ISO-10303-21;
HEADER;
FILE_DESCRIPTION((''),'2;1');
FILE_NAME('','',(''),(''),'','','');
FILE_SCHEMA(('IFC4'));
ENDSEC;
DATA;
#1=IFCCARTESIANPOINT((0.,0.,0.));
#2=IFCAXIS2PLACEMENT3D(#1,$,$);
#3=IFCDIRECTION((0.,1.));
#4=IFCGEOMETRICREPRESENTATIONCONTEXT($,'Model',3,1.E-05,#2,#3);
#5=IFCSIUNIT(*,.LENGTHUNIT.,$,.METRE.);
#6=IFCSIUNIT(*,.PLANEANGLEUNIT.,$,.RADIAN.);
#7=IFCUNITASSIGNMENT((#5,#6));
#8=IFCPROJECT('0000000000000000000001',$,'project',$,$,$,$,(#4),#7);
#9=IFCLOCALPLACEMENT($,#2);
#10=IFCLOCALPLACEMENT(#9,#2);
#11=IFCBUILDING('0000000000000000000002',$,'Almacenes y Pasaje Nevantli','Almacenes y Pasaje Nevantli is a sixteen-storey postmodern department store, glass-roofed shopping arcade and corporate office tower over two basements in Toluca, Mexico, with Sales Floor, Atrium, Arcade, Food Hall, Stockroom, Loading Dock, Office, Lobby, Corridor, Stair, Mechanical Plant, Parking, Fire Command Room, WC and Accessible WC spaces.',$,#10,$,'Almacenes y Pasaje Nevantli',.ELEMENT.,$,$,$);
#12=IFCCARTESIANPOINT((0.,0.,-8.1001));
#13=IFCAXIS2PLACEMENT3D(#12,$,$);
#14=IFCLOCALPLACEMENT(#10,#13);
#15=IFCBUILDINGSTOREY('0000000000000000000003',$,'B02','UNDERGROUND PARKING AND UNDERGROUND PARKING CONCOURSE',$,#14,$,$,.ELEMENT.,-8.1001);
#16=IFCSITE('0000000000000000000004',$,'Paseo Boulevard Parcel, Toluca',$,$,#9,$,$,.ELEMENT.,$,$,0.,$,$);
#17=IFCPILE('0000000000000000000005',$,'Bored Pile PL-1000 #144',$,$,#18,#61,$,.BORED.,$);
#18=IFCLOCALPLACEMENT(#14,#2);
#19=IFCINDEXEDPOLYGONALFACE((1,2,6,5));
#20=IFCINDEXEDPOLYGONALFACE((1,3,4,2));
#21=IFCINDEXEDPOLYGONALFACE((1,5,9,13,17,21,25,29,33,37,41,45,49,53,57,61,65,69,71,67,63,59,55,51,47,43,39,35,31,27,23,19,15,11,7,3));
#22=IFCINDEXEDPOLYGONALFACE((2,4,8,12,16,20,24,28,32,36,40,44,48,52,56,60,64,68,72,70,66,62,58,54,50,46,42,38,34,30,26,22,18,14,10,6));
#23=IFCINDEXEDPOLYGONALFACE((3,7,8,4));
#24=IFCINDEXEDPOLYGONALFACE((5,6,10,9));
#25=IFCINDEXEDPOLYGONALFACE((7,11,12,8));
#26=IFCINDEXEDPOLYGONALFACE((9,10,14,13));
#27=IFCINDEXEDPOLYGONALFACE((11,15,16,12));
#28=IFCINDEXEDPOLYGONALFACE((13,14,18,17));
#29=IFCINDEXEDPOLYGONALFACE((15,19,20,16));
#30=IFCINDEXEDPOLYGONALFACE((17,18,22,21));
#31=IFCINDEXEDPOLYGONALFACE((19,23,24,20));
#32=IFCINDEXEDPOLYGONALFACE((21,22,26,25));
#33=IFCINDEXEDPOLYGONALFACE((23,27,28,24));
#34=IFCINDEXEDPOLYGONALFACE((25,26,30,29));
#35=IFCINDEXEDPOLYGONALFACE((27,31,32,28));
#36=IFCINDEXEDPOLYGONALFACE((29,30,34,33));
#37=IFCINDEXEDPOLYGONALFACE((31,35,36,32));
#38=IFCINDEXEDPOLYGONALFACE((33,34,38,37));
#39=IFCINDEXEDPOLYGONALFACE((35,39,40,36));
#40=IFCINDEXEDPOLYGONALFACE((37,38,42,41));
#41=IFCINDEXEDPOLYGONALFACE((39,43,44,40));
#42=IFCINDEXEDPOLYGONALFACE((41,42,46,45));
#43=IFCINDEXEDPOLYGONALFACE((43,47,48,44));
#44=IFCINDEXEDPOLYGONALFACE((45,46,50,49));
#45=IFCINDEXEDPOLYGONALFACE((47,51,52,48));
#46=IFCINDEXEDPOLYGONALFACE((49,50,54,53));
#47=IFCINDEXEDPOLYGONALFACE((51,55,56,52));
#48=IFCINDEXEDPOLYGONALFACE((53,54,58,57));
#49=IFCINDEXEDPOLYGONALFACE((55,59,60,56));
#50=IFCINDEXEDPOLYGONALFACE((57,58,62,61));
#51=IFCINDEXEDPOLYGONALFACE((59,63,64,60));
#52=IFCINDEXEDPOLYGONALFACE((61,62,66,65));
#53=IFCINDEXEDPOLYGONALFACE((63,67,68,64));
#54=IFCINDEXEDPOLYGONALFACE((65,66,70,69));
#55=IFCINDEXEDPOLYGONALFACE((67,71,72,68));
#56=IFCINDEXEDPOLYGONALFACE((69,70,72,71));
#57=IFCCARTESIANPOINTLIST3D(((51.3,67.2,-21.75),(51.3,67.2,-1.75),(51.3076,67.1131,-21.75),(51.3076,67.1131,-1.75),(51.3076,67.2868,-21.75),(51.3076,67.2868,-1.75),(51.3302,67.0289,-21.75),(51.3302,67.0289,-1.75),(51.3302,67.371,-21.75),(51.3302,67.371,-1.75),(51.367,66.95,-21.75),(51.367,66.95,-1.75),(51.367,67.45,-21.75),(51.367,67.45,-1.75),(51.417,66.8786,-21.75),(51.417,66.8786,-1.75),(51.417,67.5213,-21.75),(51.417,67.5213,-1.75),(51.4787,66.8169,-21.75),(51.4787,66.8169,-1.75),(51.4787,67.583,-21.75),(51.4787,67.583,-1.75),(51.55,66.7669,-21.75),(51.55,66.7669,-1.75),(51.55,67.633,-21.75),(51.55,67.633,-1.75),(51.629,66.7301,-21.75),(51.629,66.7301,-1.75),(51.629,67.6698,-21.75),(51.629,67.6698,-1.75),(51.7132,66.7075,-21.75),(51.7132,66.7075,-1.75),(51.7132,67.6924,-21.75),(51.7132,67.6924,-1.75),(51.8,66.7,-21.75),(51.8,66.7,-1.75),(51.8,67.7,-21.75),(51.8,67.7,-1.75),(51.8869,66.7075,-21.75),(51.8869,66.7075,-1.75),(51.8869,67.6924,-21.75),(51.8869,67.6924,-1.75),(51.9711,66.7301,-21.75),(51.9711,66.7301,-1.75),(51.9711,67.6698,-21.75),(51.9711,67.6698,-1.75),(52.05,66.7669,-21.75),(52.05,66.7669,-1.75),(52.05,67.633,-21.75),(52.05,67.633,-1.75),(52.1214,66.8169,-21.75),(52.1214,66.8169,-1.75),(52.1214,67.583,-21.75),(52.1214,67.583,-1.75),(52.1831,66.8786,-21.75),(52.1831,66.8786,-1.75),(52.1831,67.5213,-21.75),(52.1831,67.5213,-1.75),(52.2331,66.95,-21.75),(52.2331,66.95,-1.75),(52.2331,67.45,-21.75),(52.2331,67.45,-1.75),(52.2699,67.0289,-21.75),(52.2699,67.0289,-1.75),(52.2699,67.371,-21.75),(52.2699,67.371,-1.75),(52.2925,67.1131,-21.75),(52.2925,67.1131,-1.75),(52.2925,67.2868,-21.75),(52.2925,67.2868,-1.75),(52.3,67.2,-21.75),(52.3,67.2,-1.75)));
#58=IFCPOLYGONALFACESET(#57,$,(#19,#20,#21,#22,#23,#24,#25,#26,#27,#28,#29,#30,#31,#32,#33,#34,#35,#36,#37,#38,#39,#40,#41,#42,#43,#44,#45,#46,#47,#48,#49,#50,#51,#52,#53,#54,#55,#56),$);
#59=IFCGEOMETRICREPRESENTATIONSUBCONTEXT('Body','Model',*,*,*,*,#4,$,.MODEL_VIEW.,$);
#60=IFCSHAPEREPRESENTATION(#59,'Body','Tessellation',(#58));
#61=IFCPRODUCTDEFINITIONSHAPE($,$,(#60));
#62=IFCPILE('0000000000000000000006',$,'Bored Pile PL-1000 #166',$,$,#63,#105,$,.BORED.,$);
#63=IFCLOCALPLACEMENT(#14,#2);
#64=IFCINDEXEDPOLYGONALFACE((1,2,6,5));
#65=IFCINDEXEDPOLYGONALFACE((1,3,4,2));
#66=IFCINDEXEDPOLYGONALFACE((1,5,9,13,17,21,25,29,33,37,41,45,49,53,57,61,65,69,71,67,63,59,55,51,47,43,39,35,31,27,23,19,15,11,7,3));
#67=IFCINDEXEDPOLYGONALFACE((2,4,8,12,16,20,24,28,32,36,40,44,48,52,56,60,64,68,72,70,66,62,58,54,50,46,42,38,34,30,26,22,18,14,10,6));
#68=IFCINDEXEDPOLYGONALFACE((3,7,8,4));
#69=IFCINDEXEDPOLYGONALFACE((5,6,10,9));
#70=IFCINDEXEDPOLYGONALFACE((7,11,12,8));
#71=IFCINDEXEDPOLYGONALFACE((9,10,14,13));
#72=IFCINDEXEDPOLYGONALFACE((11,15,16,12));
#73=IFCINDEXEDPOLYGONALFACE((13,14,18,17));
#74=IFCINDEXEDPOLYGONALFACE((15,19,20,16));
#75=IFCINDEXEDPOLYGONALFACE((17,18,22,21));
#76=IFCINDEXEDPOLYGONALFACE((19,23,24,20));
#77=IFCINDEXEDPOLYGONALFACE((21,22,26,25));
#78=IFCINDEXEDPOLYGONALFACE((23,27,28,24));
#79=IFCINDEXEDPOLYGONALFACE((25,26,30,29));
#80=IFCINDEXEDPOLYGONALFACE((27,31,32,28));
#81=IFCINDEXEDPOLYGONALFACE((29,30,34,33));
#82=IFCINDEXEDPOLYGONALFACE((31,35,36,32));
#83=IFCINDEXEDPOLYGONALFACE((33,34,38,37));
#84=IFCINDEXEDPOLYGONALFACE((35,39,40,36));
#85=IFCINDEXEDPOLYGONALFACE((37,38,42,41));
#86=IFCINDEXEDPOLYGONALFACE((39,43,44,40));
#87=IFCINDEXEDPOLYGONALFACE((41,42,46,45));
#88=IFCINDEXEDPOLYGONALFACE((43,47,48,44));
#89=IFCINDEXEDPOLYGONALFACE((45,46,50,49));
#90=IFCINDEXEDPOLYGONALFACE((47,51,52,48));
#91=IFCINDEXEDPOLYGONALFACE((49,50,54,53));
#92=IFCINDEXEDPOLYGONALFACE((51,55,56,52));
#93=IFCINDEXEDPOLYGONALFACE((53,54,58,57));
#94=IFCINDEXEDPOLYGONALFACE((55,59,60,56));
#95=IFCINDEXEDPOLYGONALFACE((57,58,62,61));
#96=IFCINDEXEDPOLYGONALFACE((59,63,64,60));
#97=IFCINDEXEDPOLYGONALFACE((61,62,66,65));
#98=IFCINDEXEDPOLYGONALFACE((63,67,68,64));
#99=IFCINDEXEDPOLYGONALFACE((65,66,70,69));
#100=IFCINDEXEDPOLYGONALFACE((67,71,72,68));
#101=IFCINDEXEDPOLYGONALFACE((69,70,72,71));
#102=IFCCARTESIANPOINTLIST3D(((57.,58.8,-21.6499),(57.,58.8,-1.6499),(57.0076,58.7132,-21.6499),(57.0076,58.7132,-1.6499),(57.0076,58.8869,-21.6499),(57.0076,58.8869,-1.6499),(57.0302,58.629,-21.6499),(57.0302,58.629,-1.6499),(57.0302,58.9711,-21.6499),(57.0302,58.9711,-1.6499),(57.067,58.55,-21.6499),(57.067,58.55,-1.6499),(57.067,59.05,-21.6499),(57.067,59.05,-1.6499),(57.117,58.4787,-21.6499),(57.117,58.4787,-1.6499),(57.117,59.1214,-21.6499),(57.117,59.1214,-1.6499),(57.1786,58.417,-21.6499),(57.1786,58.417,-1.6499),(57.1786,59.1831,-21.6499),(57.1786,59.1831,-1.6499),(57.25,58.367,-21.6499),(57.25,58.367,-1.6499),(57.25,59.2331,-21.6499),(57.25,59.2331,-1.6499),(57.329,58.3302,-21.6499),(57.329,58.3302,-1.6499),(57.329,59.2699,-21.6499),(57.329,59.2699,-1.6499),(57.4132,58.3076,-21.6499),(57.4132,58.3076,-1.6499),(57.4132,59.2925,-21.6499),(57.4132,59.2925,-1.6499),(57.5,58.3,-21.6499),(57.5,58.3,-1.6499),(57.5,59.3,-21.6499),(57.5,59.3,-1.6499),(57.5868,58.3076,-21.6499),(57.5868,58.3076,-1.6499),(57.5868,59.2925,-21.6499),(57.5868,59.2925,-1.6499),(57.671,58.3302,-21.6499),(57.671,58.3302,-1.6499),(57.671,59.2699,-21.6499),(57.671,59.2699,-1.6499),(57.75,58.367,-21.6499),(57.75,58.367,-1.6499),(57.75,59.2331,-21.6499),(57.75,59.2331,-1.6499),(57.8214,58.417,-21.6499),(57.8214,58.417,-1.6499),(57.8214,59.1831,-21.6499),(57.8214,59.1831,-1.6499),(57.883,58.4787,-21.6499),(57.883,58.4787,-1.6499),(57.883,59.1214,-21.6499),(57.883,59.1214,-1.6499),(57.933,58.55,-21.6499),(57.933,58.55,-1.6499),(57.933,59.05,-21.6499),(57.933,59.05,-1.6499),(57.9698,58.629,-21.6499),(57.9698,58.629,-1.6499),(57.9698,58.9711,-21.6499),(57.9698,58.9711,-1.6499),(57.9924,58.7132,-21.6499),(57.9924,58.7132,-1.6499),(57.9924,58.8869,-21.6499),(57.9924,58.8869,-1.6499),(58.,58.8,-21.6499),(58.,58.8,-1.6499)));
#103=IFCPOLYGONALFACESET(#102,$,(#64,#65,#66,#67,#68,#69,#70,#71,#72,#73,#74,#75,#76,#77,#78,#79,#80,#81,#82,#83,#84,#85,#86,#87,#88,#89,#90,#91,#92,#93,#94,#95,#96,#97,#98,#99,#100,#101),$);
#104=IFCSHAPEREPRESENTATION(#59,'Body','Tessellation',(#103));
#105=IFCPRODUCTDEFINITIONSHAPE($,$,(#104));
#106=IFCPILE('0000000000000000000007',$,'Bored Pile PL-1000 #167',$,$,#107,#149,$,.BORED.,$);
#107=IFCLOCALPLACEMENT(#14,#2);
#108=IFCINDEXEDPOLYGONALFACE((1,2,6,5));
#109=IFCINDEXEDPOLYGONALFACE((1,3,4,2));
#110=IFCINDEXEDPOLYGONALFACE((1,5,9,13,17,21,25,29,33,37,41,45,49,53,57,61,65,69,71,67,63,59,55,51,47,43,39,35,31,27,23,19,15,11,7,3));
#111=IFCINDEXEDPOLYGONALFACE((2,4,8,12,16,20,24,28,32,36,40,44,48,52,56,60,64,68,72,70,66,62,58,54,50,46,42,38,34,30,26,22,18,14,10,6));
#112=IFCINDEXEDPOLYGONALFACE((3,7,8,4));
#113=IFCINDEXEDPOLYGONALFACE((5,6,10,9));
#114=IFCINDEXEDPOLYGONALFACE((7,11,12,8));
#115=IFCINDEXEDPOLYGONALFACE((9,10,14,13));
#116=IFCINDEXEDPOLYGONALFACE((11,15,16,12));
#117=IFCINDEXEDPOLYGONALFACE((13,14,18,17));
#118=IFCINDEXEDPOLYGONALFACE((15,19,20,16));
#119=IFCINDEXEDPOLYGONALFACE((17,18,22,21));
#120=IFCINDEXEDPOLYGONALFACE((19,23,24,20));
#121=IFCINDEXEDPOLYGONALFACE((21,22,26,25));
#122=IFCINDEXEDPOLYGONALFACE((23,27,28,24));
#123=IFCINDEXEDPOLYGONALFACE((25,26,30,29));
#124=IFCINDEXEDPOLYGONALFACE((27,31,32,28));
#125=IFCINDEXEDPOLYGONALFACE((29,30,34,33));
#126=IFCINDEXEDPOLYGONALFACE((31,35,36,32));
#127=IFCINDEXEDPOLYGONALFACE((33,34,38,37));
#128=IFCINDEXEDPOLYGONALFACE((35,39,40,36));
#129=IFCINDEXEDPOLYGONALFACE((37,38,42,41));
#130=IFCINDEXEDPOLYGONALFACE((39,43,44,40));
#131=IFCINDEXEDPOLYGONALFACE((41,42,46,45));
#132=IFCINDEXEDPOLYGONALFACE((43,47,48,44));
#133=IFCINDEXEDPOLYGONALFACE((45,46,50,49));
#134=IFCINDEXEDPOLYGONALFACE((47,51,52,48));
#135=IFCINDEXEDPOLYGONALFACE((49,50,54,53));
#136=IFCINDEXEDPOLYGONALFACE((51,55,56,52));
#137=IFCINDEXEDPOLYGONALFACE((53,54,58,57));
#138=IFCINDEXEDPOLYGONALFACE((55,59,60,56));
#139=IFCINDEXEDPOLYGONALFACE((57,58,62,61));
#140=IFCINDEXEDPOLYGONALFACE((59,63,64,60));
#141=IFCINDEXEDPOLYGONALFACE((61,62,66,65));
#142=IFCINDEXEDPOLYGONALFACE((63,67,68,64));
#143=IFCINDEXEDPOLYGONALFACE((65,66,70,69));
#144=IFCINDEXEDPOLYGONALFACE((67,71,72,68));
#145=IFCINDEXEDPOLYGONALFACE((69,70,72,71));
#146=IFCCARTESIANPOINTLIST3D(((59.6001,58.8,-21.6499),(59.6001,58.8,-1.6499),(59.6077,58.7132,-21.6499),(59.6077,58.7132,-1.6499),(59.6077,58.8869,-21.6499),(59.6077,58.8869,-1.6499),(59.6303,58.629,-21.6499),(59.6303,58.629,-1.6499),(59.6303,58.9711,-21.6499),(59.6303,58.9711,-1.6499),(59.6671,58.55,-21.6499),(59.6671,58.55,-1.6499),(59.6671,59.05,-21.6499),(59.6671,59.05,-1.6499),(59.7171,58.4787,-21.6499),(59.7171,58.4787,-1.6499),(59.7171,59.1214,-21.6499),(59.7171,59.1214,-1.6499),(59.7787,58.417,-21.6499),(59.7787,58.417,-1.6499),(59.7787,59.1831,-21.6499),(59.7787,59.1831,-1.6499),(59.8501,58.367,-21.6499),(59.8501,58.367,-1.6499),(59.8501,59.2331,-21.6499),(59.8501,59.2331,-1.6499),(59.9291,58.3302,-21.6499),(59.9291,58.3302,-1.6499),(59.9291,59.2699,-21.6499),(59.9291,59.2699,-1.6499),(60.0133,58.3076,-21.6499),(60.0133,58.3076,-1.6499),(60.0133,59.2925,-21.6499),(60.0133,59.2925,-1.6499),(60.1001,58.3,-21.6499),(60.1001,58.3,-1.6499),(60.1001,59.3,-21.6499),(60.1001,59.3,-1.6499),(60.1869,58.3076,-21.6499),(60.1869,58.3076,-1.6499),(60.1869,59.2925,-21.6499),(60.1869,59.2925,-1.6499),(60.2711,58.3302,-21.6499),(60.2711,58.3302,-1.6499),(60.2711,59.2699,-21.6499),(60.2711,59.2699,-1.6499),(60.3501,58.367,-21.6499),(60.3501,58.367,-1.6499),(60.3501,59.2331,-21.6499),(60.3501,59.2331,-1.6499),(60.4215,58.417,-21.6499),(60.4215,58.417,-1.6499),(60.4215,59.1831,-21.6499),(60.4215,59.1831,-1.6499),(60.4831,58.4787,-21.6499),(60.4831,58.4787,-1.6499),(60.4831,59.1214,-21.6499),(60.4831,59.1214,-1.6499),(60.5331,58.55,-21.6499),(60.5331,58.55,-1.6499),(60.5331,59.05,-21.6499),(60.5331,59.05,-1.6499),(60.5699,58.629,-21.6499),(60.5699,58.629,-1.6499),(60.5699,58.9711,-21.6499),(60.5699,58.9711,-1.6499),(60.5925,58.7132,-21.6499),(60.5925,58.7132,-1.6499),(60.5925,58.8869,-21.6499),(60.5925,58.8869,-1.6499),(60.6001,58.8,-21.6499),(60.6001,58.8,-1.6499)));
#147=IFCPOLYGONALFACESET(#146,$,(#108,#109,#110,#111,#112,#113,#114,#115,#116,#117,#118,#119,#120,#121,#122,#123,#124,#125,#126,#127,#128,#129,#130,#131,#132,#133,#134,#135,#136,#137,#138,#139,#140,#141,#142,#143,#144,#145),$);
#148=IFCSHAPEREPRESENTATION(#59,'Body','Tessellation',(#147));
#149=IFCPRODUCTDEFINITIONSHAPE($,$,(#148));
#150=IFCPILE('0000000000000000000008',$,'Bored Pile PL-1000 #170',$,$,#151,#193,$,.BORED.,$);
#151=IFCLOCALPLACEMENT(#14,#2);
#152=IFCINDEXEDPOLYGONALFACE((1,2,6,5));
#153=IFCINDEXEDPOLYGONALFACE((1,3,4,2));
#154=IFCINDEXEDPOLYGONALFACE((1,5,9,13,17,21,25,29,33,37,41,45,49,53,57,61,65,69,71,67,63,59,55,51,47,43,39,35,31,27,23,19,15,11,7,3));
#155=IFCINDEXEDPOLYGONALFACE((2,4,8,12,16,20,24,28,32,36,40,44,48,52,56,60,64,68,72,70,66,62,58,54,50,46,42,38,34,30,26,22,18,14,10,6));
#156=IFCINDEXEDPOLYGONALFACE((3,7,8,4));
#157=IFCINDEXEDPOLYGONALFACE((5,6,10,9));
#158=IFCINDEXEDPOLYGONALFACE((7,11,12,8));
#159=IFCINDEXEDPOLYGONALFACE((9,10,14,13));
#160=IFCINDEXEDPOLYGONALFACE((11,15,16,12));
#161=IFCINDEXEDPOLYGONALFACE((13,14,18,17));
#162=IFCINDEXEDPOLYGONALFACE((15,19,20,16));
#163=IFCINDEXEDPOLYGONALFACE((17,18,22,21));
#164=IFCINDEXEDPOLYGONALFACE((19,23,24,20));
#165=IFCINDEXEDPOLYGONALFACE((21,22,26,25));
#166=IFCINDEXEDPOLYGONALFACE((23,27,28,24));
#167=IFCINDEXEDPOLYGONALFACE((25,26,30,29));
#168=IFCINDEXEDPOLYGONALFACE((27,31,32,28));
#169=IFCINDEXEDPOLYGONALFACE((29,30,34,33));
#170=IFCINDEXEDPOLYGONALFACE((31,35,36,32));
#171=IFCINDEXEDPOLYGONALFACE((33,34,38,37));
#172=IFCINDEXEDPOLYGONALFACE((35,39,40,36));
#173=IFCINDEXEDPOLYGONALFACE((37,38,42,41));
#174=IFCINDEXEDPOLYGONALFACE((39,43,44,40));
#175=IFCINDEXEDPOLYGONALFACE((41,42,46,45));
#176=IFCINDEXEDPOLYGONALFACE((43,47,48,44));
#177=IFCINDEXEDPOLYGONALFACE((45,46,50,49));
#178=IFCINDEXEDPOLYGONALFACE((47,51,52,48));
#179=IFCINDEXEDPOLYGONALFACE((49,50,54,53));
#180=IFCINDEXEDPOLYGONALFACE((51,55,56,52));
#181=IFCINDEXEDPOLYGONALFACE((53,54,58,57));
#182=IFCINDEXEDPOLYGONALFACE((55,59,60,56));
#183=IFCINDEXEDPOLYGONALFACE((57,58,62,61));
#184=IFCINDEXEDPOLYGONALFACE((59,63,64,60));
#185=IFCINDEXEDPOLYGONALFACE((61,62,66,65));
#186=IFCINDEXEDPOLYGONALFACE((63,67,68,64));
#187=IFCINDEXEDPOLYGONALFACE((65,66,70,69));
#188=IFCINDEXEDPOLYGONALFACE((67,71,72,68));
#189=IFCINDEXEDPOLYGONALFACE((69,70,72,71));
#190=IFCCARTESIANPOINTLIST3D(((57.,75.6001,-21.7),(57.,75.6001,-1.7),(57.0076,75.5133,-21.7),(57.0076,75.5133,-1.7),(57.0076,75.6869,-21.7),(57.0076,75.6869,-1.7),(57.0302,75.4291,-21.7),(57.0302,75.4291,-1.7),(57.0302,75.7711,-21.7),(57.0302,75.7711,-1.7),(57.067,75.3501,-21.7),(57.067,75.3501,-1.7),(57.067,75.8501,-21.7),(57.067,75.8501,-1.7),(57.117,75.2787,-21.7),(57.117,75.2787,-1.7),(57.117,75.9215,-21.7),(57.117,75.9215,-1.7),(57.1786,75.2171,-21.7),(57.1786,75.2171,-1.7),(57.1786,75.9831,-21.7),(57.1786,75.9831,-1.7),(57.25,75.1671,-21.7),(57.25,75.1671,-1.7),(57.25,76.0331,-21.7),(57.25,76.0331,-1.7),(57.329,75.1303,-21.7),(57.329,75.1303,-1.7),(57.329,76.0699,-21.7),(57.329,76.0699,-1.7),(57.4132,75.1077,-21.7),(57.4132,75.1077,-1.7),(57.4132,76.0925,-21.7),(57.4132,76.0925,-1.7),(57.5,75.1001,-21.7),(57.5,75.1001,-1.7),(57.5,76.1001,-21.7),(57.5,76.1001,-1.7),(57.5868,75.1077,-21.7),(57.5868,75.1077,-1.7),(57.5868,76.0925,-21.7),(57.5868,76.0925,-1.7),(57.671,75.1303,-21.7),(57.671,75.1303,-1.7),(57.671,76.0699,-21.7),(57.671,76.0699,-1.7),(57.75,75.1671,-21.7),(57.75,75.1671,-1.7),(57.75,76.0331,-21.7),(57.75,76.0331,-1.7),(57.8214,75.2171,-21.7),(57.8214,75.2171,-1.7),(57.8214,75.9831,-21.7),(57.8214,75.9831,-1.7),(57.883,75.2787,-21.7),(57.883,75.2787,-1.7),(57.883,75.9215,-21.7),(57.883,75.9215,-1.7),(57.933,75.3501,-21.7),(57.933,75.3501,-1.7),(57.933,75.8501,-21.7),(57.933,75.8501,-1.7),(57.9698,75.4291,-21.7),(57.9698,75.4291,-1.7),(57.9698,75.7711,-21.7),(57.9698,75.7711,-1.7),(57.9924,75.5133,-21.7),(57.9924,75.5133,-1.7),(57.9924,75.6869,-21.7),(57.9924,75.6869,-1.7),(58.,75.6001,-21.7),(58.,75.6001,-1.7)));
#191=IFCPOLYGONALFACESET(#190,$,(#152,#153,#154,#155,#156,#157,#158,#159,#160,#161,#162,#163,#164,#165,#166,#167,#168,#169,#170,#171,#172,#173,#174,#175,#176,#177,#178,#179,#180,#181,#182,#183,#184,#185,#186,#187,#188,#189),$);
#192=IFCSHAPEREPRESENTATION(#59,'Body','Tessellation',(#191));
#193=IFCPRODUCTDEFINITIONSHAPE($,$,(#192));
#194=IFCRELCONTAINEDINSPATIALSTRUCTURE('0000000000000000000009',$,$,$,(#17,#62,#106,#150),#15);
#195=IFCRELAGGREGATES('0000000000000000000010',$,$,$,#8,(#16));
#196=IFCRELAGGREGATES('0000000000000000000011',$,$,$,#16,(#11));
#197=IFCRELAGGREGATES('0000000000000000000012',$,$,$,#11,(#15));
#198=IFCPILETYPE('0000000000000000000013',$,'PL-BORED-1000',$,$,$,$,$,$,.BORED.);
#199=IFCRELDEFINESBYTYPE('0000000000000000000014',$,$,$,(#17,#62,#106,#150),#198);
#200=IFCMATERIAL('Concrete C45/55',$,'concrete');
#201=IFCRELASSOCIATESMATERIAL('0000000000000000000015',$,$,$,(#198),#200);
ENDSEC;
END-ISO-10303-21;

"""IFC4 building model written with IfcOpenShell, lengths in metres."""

from ifc_helpers import new_model, si_unit, direction, frame, origin, origin_2d, place, context, subcontext, project, spatial, circle, extrude, material, material_profile, profile_set, type_object, element, save


model = new_model("IFC4")

# Units and contexts
model_context = context("Model", 3, precision=1e-05, world=origin(), true_north=direction((0.0, 1.0)))
body_context = subcontext(model_context, "Body", "Model", "MODEL_VIEW")
ifc_project = project(units=[si_unit("LENGTHUNIT", "METRE"), si_unit("PLANEANGLEUNIT", "RADIAN")], contexts=[model_context])

# Site, building, storey
site_placement = place(None, origin())
site = spatial("IfcSite", under=ifc_project, at=site_placement, Name="Paseo Boulevard Parcel, Toluca", CompositionType="ELEMENT", RefElevation=0.0)
building_placement = place(site_placement, origin())
building = spatial("IfcBuilding", under=site, at=building_placement, Name="Almacenes y Pasaje Nevantli", Description="Almacenes y Pasaje Nevantli is a sixteen-storey postmodern department store, glass-roofed shopping arcade and corporate office tower over two basements in Toluca, Mexico, with Sales Floor, Atrium, Arcade, Food Hall, Stockroom, Loading Dock, Office, Lobby, Corridor, Stair, Mechanical Plant, Parking, Fire Command Room, WC and Accessible WC spaces.", LongName="Almacenes y Pasaje Nevantli", CompositionType="ELEMENT")
storey_placement = place(building_placement, frame((0.0, 0.0, -8.1001)))
storey = spatial("IfcBuildingStorey", under=building, at=storey_placement, Name="B02", Description="UNDERGROUND PARKING AND UNDERGROUND PARKING CONCOURSE", CompositionType="ELEMENT", Elevation=-8.1001)

# Piles
ifc_material_1 = material(Name="Concrete C45/55", Category="concrete")
ifc_material_profile_1 = material_profile(ifc_material_1, circle(Radius=0.5, at=origin_2d()), Name="RC-PILE-D1000")
ifc_profile_set_1 = profile_set([ifc_material_profile_1], Name="Concrete C45/55")
pile_type_1 = type_object("IfcPileType", Name="PL-BORED-1000", PredefinedType="BORED", material=ifc_profile_set_1)
for number, where, z_axis, x_axis, name in (
    (1, (51.8, 67.2, -1.75), (0.0, 0.0, -1.0), (1.0, 0.0, 0.0), "Bored Pile PL-1000 #144"),
    (2, (57.5, 58.8, -1.6499), (0.0, 0.0, -1.0), (1.0, 0.0, 0.0), "Bored Pile PL-1000 #166"),
    (3, (60.1001, 58.8, -1.6499), (0.0, 0.0, -1.0), (1.0, 0.0, 0.0), "Bored Pile PL-1000 #167"),
    (4, (57.5, 75.6001, -1.7), (0.0, 0.0, -1.0), (1.0, 0.0, 0.0), "Bored Pile PL-1000 #170"),
):
    element("IfcPile", number, at=place(storey_placement, frame(where, z_axis=z_axis, x_axis=x_axis)), inside=storey, type_object=pile_type_1, Name=name, PredefinedType="BORED", context=body_context, shape_type="SweptSolid", body=[
        extrude(circle(Radius=0.5, at=origin_2d()), origin(), (0.0, 0.0, 1.0), 20.0),
    ])

save(model, "model.ifc")
